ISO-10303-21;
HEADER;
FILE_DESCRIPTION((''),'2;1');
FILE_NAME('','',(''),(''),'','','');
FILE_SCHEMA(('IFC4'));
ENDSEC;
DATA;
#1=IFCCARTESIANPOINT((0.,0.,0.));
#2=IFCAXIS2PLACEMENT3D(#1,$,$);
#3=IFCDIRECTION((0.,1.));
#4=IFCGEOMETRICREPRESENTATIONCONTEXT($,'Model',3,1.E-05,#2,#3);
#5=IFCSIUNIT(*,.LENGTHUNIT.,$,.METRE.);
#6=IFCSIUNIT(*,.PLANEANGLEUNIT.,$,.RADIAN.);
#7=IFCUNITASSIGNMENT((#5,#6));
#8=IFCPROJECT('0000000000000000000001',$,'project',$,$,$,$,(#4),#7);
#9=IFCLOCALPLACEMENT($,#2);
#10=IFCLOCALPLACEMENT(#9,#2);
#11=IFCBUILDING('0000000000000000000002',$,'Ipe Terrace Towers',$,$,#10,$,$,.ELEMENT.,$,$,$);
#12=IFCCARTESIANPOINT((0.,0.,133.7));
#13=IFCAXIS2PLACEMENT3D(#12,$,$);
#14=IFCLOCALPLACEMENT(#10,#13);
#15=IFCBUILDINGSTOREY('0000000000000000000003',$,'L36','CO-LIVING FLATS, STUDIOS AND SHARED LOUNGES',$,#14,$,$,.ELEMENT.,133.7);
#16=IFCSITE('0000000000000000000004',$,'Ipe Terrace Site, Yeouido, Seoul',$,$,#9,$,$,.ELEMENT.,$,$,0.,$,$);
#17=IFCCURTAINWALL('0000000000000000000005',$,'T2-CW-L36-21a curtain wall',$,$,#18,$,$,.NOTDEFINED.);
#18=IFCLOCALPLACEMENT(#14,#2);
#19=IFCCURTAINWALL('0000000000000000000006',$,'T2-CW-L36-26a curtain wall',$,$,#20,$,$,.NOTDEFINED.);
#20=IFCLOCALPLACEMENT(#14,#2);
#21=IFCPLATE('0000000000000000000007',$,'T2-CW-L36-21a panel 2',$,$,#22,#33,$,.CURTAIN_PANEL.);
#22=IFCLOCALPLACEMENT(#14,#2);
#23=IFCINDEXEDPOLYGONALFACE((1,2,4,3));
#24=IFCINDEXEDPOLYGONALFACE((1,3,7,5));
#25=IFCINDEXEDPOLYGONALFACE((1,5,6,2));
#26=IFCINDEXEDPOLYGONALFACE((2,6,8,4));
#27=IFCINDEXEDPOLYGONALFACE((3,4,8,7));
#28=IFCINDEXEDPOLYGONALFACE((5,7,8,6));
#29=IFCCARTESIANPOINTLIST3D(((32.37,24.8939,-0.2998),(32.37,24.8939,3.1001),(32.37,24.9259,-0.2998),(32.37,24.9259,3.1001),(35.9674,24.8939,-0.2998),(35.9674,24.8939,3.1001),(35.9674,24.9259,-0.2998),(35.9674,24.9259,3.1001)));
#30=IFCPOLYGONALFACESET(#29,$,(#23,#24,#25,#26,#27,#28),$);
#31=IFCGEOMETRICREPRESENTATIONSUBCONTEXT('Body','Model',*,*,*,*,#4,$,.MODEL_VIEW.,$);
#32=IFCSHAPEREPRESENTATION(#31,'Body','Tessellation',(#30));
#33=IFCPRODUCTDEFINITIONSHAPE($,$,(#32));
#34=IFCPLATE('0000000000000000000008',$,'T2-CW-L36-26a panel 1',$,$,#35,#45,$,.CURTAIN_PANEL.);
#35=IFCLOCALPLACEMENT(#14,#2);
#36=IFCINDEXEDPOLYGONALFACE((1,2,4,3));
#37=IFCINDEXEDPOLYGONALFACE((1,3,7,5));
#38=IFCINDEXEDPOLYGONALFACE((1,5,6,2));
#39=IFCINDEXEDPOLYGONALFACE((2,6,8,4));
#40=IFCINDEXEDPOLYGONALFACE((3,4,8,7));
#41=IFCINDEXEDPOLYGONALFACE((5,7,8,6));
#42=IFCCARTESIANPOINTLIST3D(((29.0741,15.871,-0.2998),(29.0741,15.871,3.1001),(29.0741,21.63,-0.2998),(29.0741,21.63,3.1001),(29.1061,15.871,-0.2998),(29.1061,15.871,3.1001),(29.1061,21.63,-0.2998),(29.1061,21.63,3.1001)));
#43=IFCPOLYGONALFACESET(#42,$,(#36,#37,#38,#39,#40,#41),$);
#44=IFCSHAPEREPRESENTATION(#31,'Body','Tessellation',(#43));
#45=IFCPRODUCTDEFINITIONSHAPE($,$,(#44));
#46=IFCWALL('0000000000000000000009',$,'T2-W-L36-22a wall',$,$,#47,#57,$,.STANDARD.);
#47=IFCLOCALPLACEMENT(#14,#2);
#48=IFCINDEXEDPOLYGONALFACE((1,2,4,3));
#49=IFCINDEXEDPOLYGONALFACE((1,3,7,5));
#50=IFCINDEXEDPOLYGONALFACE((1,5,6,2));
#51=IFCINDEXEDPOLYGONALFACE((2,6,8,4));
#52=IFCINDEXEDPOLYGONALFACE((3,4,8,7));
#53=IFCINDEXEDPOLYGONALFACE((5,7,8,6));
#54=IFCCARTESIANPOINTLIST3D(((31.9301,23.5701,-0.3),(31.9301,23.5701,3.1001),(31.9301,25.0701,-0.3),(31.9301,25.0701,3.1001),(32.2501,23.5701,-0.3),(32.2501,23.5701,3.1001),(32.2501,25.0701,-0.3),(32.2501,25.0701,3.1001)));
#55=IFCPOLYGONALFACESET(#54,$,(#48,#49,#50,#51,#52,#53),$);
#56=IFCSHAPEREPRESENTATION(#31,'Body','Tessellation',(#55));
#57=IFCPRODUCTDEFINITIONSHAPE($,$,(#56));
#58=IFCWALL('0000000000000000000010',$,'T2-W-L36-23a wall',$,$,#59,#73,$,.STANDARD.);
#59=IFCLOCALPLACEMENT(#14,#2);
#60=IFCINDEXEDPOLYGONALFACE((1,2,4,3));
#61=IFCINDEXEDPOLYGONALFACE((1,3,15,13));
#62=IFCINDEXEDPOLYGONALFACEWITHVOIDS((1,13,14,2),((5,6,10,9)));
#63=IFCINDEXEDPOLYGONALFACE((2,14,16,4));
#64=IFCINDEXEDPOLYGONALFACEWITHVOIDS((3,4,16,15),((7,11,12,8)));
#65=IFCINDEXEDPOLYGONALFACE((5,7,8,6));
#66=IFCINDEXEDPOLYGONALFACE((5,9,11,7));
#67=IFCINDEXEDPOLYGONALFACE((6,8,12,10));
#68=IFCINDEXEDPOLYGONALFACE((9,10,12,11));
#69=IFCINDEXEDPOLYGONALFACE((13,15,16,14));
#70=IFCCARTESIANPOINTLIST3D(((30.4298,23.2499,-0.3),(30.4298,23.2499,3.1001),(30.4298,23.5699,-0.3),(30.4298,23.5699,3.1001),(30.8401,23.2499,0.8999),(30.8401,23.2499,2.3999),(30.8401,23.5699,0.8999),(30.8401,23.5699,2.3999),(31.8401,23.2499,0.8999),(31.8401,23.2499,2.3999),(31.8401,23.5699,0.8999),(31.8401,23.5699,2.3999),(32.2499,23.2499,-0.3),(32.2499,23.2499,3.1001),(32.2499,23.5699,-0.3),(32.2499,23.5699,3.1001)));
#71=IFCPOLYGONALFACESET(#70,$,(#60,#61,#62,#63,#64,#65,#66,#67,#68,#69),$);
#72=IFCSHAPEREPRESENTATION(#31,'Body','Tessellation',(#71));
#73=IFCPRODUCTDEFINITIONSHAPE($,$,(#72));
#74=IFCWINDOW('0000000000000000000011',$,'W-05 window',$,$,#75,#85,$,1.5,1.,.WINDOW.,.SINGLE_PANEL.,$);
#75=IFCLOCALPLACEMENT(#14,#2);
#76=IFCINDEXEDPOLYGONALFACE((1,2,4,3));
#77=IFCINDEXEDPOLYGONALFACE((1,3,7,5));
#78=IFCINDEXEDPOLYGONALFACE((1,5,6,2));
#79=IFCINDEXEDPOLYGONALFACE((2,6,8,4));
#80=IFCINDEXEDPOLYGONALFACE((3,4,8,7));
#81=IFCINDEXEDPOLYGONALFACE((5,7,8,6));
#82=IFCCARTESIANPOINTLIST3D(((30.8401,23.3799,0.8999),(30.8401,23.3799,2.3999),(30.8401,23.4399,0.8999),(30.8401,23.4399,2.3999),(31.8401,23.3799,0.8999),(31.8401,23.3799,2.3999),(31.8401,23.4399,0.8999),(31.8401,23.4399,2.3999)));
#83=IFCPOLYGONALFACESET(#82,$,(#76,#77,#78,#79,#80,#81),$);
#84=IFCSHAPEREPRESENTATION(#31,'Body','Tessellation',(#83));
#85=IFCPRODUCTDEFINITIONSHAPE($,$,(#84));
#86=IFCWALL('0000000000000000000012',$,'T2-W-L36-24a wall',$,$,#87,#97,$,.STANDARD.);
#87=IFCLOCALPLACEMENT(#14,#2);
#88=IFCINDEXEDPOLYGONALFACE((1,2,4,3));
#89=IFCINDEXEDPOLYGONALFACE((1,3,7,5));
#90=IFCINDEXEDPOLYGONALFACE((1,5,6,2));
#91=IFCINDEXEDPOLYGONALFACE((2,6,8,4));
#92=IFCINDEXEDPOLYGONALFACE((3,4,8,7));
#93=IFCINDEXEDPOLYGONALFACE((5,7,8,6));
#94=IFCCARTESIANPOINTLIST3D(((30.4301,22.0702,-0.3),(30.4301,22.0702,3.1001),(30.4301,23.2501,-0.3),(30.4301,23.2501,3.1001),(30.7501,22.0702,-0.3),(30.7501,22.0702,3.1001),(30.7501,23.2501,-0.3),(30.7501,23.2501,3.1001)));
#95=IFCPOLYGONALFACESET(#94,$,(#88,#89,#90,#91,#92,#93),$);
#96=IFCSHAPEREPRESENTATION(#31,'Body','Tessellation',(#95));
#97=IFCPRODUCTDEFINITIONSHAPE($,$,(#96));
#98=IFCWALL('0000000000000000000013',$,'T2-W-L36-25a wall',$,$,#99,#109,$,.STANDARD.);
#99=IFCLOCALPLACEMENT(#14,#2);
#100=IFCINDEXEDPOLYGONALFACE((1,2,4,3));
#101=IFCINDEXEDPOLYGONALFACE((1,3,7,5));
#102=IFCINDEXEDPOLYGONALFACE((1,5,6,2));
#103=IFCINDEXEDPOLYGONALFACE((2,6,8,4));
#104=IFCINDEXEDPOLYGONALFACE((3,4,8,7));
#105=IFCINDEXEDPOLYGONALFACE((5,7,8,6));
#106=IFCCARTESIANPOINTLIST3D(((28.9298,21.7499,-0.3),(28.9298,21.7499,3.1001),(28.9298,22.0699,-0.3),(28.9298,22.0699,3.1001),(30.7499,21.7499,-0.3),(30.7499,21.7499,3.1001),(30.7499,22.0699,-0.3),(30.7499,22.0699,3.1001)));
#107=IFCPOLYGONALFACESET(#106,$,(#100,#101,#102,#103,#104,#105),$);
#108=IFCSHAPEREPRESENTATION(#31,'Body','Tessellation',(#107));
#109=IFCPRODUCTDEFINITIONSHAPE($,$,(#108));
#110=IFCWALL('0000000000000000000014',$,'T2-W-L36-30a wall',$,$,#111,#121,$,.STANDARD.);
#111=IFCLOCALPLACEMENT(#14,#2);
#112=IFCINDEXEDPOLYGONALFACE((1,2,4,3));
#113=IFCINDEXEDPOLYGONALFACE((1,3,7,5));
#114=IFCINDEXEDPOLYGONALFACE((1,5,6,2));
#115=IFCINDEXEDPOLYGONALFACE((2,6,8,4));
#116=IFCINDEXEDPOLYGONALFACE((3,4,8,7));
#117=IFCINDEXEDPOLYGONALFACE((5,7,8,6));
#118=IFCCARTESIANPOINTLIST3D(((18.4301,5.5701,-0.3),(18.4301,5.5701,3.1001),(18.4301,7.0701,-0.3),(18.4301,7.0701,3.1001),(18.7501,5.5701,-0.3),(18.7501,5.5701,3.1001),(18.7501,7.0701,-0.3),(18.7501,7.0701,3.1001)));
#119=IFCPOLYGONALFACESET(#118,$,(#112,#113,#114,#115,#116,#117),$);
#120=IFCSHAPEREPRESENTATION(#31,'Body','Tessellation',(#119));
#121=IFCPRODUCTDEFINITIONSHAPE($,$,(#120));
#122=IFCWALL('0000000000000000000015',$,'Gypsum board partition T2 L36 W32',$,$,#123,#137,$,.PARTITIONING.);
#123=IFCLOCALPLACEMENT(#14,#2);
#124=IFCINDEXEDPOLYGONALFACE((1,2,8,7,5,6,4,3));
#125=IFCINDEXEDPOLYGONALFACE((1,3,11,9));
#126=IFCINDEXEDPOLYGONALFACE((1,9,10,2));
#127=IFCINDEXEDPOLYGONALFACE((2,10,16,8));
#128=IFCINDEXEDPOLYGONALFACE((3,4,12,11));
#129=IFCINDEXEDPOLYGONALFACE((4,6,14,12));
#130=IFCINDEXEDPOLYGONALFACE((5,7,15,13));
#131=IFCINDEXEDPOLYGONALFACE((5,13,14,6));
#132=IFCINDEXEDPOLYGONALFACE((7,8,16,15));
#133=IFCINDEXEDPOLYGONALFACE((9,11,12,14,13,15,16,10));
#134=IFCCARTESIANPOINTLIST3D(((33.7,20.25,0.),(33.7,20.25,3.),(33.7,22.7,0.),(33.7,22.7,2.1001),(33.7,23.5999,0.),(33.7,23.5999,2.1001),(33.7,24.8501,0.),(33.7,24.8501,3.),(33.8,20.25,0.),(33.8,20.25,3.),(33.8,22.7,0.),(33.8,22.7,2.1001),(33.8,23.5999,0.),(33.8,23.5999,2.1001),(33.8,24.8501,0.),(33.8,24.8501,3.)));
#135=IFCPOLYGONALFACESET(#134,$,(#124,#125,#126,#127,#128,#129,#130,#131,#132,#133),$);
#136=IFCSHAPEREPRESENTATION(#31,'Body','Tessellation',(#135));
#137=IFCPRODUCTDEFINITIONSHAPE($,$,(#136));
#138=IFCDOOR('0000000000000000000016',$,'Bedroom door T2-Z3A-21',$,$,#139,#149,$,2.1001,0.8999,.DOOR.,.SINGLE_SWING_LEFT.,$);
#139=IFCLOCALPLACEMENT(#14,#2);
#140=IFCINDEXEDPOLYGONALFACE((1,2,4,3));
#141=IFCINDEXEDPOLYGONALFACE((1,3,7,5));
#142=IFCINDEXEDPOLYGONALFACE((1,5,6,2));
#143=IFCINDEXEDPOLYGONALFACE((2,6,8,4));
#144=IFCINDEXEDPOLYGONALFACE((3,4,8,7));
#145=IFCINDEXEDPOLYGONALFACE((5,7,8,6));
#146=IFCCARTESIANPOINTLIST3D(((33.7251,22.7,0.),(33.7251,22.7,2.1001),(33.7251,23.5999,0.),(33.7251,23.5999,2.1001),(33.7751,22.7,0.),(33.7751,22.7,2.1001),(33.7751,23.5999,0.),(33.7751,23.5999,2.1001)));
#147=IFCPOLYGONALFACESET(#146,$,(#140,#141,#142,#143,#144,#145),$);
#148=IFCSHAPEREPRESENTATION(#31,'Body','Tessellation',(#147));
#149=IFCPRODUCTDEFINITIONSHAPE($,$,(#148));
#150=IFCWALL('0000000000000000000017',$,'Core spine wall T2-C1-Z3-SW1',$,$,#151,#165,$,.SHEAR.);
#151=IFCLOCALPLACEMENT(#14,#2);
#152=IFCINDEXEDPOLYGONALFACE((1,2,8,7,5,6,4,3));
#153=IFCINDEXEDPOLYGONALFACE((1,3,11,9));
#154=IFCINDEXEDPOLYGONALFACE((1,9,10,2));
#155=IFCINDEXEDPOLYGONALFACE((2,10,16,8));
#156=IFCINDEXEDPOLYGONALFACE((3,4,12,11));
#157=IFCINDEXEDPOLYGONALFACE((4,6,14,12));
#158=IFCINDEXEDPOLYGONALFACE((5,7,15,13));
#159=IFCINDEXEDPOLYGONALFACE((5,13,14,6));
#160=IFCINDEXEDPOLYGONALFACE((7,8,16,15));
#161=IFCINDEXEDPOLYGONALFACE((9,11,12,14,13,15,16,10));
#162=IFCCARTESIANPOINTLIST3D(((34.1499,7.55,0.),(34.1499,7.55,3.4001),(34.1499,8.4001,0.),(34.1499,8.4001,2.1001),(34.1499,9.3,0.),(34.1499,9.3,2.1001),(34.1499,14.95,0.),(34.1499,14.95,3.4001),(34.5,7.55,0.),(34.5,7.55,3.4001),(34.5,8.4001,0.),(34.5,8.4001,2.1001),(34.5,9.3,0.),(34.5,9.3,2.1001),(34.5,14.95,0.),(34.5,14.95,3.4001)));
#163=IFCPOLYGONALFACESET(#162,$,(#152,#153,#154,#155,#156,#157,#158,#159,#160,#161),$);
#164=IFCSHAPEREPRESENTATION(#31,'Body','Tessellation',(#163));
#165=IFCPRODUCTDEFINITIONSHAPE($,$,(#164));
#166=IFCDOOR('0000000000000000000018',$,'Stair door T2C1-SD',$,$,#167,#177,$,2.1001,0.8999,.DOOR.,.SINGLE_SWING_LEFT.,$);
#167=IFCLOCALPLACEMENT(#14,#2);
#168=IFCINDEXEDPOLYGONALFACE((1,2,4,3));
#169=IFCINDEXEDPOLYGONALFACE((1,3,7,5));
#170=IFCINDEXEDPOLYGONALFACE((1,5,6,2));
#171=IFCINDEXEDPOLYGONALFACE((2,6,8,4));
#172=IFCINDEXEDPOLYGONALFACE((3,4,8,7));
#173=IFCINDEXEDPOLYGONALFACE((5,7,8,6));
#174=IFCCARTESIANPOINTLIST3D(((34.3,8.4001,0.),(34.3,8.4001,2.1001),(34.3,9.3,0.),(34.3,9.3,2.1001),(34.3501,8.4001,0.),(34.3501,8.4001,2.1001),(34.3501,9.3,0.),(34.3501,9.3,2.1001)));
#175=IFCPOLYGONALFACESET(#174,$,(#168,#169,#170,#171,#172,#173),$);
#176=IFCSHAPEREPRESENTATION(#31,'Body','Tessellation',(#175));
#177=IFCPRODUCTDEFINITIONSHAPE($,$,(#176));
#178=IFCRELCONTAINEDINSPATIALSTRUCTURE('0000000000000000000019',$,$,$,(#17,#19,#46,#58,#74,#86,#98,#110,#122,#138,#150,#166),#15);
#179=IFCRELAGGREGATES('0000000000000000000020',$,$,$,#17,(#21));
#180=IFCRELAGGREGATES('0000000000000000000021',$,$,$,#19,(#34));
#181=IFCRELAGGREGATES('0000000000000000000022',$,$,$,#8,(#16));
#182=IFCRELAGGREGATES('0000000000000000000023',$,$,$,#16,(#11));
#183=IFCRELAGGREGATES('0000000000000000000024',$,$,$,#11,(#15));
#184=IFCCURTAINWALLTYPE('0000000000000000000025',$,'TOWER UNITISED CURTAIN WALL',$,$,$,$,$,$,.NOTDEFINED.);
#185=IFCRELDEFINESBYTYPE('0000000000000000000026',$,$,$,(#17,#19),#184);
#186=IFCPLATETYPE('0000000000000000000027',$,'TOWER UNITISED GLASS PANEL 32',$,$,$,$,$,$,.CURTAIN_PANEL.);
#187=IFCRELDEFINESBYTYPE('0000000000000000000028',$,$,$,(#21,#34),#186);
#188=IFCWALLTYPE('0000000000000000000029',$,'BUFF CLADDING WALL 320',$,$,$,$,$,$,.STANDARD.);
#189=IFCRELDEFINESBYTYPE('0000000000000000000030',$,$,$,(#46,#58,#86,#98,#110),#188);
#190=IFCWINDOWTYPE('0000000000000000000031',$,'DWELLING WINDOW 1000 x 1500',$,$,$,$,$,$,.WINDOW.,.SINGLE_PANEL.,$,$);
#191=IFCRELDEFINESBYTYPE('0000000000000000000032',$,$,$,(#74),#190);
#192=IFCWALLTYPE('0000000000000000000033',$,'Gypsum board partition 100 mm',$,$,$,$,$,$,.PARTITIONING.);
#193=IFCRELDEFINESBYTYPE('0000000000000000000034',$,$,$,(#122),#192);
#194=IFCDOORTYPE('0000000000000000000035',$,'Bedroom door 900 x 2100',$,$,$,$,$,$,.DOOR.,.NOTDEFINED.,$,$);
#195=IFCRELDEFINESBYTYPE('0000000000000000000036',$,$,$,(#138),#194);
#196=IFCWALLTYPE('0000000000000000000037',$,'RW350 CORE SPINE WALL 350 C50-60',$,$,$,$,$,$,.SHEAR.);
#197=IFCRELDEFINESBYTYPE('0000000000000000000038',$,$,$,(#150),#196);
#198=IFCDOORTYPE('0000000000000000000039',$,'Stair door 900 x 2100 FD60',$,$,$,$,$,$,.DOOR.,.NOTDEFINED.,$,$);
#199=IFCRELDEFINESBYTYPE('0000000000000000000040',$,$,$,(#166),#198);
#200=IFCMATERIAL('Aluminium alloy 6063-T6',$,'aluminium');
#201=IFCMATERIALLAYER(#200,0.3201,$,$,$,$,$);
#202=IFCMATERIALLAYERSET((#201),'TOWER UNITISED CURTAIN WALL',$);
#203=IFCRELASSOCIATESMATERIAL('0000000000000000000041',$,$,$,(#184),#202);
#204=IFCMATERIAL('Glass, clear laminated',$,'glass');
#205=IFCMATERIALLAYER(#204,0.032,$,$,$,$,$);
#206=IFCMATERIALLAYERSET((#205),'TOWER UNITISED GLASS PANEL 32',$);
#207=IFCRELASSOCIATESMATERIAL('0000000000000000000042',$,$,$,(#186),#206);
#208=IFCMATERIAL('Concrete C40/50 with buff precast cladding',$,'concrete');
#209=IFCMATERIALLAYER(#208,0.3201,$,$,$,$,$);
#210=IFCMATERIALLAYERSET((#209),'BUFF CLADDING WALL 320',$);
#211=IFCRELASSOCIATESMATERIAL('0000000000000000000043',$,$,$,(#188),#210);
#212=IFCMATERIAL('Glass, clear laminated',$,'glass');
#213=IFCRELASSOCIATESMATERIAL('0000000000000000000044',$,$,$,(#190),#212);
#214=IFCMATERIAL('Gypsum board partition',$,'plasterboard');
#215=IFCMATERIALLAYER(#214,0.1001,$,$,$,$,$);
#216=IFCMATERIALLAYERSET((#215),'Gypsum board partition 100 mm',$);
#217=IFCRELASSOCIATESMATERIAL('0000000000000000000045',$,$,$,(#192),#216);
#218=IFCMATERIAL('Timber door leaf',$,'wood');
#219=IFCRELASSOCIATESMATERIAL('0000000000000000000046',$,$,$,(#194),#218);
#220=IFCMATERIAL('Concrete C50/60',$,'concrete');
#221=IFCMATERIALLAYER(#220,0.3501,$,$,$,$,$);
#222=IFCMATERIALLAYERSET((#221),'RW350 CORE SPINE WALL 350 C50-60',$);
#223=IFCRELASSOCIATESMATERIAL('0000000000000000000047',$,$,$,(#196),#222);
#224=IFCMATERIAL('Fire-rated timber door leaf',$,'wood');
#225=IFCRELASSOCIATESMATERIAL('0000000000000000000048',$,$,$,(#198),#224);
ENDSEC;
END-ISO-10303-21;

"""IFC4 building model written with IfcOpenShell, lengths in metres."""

from ifc_helpers import new_model, si_unit, direction, frame, frame_2d, origin, origin_2d, place, context, subcontext, project, spatial, rectangle, extrude, material, layer, layer_set, type_object, element, fill, aggregate, save


model = new_model("IFC4")

# Units and contexts
model_context = context("Model", 3, precision=1e-05, world=origin(), true_north=direction((0.0, 1.0)))
body_context = subcontext(model_context, "Body", "Model", "MODEL_VIEW")
ifc_project = project(units=[si_unit("LENGTHUNIT", "METRE"), si_unit("PLANEANGLEUNIT", "RADIAN")], contexts=[model_context])

# Site, building, storey
site_placement = place(None, origin())
site = spatial("IfcSite", under=ifc_project, at=site_placement, Name="Ipe Terrace Site, Yeouido, Seoul", CompositionType="ELEMENT", RefElevation=0.0)
building_placement = place(site_placement, origin())
building = spatial("IfcBuilding", under=site, at=building_placement, Name="Ipe Terrace Towers", CompositionType="ELEMENT")
storey_placement = place(building_placement, frame((0.0, 0.0, 133.7)))
storey = spatial("IfcBuildingStorey", under=building, at=storey_placement, Name="L36", Description="CO-LIVING FLATS, STUDIOS AND SHARED LOUNGES", CompositionType="ELEMENT", Elevation=133.7)

# Curtain wall
ifc_material_1 = material(Name="Aluminium alloy 6063-T6", Category="aluminium")
ifc_layer_1 = layer(ifc_material_1, 0.3201)
ifc_layer_set_1 = layer_set([ifc_layer_1], Name="TOWER UNITISED CURTAIN WALL")
curtain_wall_type = type_object("IfcCurtainWallType", Name="TOWER UNITISED CURTAIN WALL", PredefinedType="NOTDEFINED", material=ifc_layer_set_1)
curtain_wall_1_placement = place(storey_placement, origin())
curtain_wall_1 = element("IfcCurtainWall", 1, at=curtain_wall_1_placement, inside=storey, type_object=curtain_wall_type, Name="T2-CW-L36-21a curtain wall", PredefinedType="NOTDEFINED")

# Curtain wall
curtain_wall_2_placement = place(storey_placement, origin())
curtain_wall_2 = element("IfcCurtainWall", 2, at=curtain_wall_2_placement, inside=storey, type_object=curtain_wall_type, Name="T2-CW-L36-26a curtain wall", PredefinedType="NOTDEFINED")

# Plates
ifc_material_2 = material(Name="Glass, clear laminated", Category="glass")
ifc_layer_2 = layer(ifc_material_2, 0.032)
ifc_layer_set_2 = layer_set([ifc_layer_2], Name="TOWER UNITISED GLASS PANEL 32")
plate_type = type_object("IfcPlateType", Name="TOWER UNITISED GLASS PANEL 32", PredefinedType="CURTAIN_PANEL", material=ifc_layer_set_2)
plate_1_placement = place(storey_placement, frame((34.1687, 24.9099, -0.2998), z_axis=(0.0, 0.0, 1.0), x_axis=(-1.0, 0.0, 0.0)))
plate_1 = element("IfcPlate", 3, at=plate_1_placement, type_object=plate_type, Name="T2-CW-L36-21a panel 2", PredefinedType="CURTAIN_PANEL", context=body_context, shape_type="SweptSolid", body=[
    extrude(rectangle(XDim=3.5974, YDim=0.032, at=origin_2d()), origin(), (0.0, 0.0, 1.0), 3.3999),
])
aggregate(curtain_wall_1, [plate_1])
plate_2_placement = place(storey_placement, frame((29.0901, 18.7505, -0.2998), z_axis=(0.0, 0.0, 1.0), x_axis=(0.0, -1.0, 0.0)))
plate_2 = element("IfcPlate", 4, at=plate_2_placement, type_object=plate_type, Name="T2-CW-L36-26a panel 1", PredefinedType="CURTAIN_PANEL", context=body_context, shape_type="SweptSolid", body=[
    extrude(rectangle(XDim=5.759, YDim=0.032, at=origin_2d()), origin(), (0.0, 0.0, 1.0), 3.3999),
])
aggregate(curtain_wall_2, [plate_2])

# Wall
ifc_material_3 = material(Name="Concrete C40/50 with buff precast cladding", Category="concrete")
ifc_layer_3 = layer(ifc_material_3, 0.3201)
ifc_layer_set_3 = layer_set([ifc_layer_3], Name="BUFF CLADDING WALL 320")
wall_type_1 = type_object("IfcWallType", Name="BUFF CLADDING WALL 320", PredefinedType="STANDARD", material=ifc_layer_set_3)
wall_1_placement = place(storey_placement, frame((32.0901, 25.0701, -0.3), z_axis=(0.0, 0.0, 1.0), x_axis=(0.0, -1.0, 0.0)))
element("IfcWall", 5, at=wall_1_placement, inside=storey, type_object=wall_type_1, Name="T2-W-L36-22a wall", PredefinedType="STANDARD", context=body_context, shape_type="SweptSolid", body=[
    extrude(rectangle(XDim=1.5, YDim=0.3201, at=frame_2d((0.75, 0.0))), origin(), (0.0, 0.0, 1.0), 3.4001),
])

# Wall, opening, window
wall_2_placement = place(storey_placement, frame((32.25, 23.4099, -0.3), z_axis=(0.0, 0.0, 1.0), x_axis=(-1.0, 0.0, 0.0)))
wall_2 = element("IfcWall", 6, at=wall_2_placement, inside=storey, type_object=wall_type_1, Name="T2-W-L36-23a wall", PredefinedType="STANDARD", context=body_context, shape_type="SweptSolid", body=[
    extrude(rectangle(XDim=1.8201, YDim=0.3201, at=frame_2d((0.9102, 0.0))), origin(), (0.0, 0.0, 1.0), 3.4001),
])
opening_1_placement = place(wall_2_placement, frame((0.4099, 0.0, 1.2)))
opening_1 = element("IfcOpeningElement", 7, at=opening_1_placement, cuts=wall_2, PredefinedType="OPENING", context=body_context, shape_type="SweptSolid", body=[
    extrude(rectangle(XDim=1.0, YDim=1.5, at=frame_2d((0.5, 0.75))), frame((0.0, 0.1699, 0.0), z_axis=(0.0, -1.0, 0.0), x_axis=(1.0, 0.0, 0.0)), (0.0, 0.0, 1.0), 0.3401),
])
ifc_material_4 = material(Name="Glass, clear laminated", Category="glass")
window_type = type_object("IfcWindowType", Name="DWELLING WINDOW 1000 x 1500", PartitioningType="SINGLE_PANEL", PredefinedType="WINDOW", material=ifc_material_4)
window_placement = place(opening_1_placement, origin())
window = element("IfcWindow", 8, at=window_placement, inside=storey, type_object=window_type, Name="W-05 window", OverallHeight=1.5, OverallWidth=1.0, PartitioningType="SINGLE_PANEL", PredefinedType="WINDOW", context=body_context, shape_type="SweptSolid", body=[
    extrude(rectangle(XDim=1.0, YDim=1.5, at=frame_2d((0.5, 0.75))), frame((0.0, 0.03, 0.0), z_axis=(0.0, -1.0, 0.0), x_axis=(1.0, 0.0, 0.0)), (0.0, 0.0, 1.0), 0.0601),
])
fill(opening_1, window)

# Walls
wall_3_placement = place(storey_placement, frame((30.5901, 23.25, -0.3), z_axis=(0.0, 0.0, 1.0), x_axis=(0.0, -1.0, 0.0)))
element("IfcWall", 9, at=wall_3_placement, inside=storey, type_object=wall_type_1, Name="T2-W-L36-24a wall", PredefinedType="STANDARD", context=body_context, shape_type="SweptSolid", body=[
    extrude(rectangle(XDim=1.1799, YDim=0.3201, at=frame_2d((0.5898, 0.0))), origin(), (0.0, 0.0, 1.0), 3.4001),
])
wall_4_placement = place(storey_placement, frame((30.75, 21.9099, -0.3), z_axis=(0.0, 0.0, 1.0), x_axis=(-1.0, 0.0, 0.0)))
element("IfcWall", 10, at=wall_4_placement, inside=storey, type_object=wall_type_1, Name="T2-W-L36-25a wall", PredefinedType="STANDARD", context=body_context, shape_type="SweptSolid", body=[
    extrude(rectangle(XDim=1.8201, YDim=0.3201, at=frame_2d((0.9102, 0.0))), origin(), (0.0, 0.0, 1.0), 3.4001),
])
wall_5_placement = place(storey_placement, frame((18.5901, 7.0701, -0.3), z_axis=(0.0, 0.0, 1.0), x_axis=(0.0, -1.0, 0.0)))
element("IfcWall", 11, at=wall_5_placement, inside=storey, type_object=wall_type_1, Name="T2-W-L36-30a wall", PredefinedType="STANDARD", context=body_context, shape_type="SweptSolid", body=[
    extrude(rectangle(XDim=1.5, YDim=0.3201, at=frame_2d((0.75, 0.0))), origin(), (0.0, 0.0, 1.0), 3.4001),
])

# Walls, openings, doors
ifc_material_5 = material(Name="Gypsum board partition", Category="plasterboard")
ifc_layer_4 = layer(ifc_material_5, 0.1001)
ifc_layer_set_4 = layer_set([ifc_layer_4], Name="Gypsum board partition 100 mm")
wall_type_2 = type_object("IfcWallType", Name="Gypsum board partition 100 mm", PredefinedType="PARTITIONING", material=ifc_layer_set_4)
wall_6_placement = place(storey_placement, frame((33.75, 20.25, 0.0), z_axis=(0.0, 0.0, 1.0), x_axis=(0.0, 1.0, 0.0)))
wall_6 = element("IfcWall", 12, at=wall_6_placement, inside=storey, type_object=wall_type_2, Name="Gypsum board partition T2 L36 W32", PredefinedType="PARTITIONING", context=body_context, shape_type="SweptSolid", body=[
    extrude(rectangle(XDim=4.6001, YDim=0.1001, at=frame_2d((2.3, 0.0))), origin(), (0.0, 0.0, 1.0), 3.0),
])
opening_2_placement = place(wall_6_placement, frame((2.45, 0.0, 0.0)))
opening_2 = element("IfcOpeningElement", 13, at=opening_2_placement, cuts=wall_6, PredefinedType="OPENING", context=body_context, shape_type="SweptSolid", body=[
    extrude(rectangle(XDim=0.8999, YDim=2.1001, at=frame_2d((0.45, 1.05))), frame((0.0, 0.0601, 0.0), z_axis=(0.0, -1.0, 0.0), x_axis=(1.0, 0.0, 0.0)), (0.0, 0.0, 1.0), 0.1201),
])
ifc_material_6 = material(Name="Timber door leaf", Category="wood")
door_type_1 = type_object("IfcDoorType", Name="Bedroom door 900 x 2100", OperationType="NOTDEFINED", PredefinedType="DOOR", material=ifc_material_6)
door_1_placement = place(opening_2_placement, origin())
door_1 = element("IfcDoor", 14, at=door_1_placement, inside=storey, type_object=door_type_1, Name="Bedroom door T2-Z3A-21", OperationType="SINGLE_SWING_LEFT", OverallHeight=2.1001, OverallWidth=0.8999, PredefinedType="DOOR", context=body_context, shape_type="SweptSolid", body=[
    extrude(rectangle(XDim=0.8999, YDim=2.1001, at=frame_2d((0.45, 1.05))), frame((0.0, 0.0249, 0.0), z_axis=(0.0, -1.0, 0.0), x_axis=(1.0, 0.0, 0.0)), (0.0, 0.0, 1.0), 0.05),
])
fill(opening_2, door_1)
ifc_material_7 = material(Name="Concrete C50/60", Category="concrete")
ifc_layer_5 = layer(ifc_material_7, 0.3501)
ifc_layer_set_5 = layer_set([ifc_layer_5], Name="RW350 CORE SPINE WALL 350 C50-60")
wall_type_3 = type_object("IfcWallType", Name="RW350 CORE SPINE WALL 350 C50-60", PredefinedType="SHEAR", material=ifc_layer_set_5)
wall_7_placement = place(storey_placement, frame((34.325, 7.55, 0.0), z_axis=(0.0, 0.0, 1.0), x_axis=(0.0, 1.0, 0.0)))
wall_7 = element("IfcWall", 15, at=wall_7_placement, inside=storey, type_object=wall_type_3, Name="Core spine wall T2-C1-Z3-SW1", PredefinedType="SHEAR", context=body_context, shape_type="SweptSolid", body=[
    extrude(rectangle(XDim=7.3999, YDim=0.3501, at=frame_2d((3.7, 0.0))), origin(), (0.0, 0.0, 1.0), 3.4001),
])
opening_3_placement = place(wall_7_placement, frame((0.8501, 0.0, 0.0)))
opening_3 = element("IfcOpeningElement", 16, at=opening_3_placement, cuts=wall_7, PredefinedType="OPENING", context=body_context, shape_type="SweptSolid", body=[
    extrude(rectangle(XDim=0.8999, YDim=2.1001, at=frame_2d((0.45, 1.05))), frame((0.0, 0.1851, 0.0), z_axis=(0.0, -1.0, 0.0), x_axis=(1.0, 0.0, 0.0)), (0.0, 0.0, 1.0), 0.3701),
])
ifc_material_8 = material(Name="Fire-rated timber door leaf", Category="wood")
door_type_2 = type_object("IfcDoorType", Name="Stair door 900 x 2100 FD60", OperationType="NOTDEFINED", PredefinedType="DOOR", material=ifc_material_8)
door_2_placement = place(opening_3_placement, origin())
door_2 = element("IfcDoor", 17, at=door_2_placement, inside=storey, type_object=door_type_2, Name="Stair door T2C1-SD", OperationType="SINGLE_SWING_LEFT", OverallHeight=2.1001, OverallWidth=0.8999, PredefinedType="DOOR", context=body_context, shape_type="SweptSolid", body=[
    extrude(rectangle(XDim=0.8999, YDim=2.1001, at=frame_2d((0.45, 1.05))), frame((0.0, 0.0249, 0.0), z_axis=(0.0, -1.0, 0.0), x_axis=(1.0, 0.0, 0.0)), (0.0, 0.0, 1.0), 0.05),
])
fill(opening_3, door_2)

save(model, "model.ifc")
